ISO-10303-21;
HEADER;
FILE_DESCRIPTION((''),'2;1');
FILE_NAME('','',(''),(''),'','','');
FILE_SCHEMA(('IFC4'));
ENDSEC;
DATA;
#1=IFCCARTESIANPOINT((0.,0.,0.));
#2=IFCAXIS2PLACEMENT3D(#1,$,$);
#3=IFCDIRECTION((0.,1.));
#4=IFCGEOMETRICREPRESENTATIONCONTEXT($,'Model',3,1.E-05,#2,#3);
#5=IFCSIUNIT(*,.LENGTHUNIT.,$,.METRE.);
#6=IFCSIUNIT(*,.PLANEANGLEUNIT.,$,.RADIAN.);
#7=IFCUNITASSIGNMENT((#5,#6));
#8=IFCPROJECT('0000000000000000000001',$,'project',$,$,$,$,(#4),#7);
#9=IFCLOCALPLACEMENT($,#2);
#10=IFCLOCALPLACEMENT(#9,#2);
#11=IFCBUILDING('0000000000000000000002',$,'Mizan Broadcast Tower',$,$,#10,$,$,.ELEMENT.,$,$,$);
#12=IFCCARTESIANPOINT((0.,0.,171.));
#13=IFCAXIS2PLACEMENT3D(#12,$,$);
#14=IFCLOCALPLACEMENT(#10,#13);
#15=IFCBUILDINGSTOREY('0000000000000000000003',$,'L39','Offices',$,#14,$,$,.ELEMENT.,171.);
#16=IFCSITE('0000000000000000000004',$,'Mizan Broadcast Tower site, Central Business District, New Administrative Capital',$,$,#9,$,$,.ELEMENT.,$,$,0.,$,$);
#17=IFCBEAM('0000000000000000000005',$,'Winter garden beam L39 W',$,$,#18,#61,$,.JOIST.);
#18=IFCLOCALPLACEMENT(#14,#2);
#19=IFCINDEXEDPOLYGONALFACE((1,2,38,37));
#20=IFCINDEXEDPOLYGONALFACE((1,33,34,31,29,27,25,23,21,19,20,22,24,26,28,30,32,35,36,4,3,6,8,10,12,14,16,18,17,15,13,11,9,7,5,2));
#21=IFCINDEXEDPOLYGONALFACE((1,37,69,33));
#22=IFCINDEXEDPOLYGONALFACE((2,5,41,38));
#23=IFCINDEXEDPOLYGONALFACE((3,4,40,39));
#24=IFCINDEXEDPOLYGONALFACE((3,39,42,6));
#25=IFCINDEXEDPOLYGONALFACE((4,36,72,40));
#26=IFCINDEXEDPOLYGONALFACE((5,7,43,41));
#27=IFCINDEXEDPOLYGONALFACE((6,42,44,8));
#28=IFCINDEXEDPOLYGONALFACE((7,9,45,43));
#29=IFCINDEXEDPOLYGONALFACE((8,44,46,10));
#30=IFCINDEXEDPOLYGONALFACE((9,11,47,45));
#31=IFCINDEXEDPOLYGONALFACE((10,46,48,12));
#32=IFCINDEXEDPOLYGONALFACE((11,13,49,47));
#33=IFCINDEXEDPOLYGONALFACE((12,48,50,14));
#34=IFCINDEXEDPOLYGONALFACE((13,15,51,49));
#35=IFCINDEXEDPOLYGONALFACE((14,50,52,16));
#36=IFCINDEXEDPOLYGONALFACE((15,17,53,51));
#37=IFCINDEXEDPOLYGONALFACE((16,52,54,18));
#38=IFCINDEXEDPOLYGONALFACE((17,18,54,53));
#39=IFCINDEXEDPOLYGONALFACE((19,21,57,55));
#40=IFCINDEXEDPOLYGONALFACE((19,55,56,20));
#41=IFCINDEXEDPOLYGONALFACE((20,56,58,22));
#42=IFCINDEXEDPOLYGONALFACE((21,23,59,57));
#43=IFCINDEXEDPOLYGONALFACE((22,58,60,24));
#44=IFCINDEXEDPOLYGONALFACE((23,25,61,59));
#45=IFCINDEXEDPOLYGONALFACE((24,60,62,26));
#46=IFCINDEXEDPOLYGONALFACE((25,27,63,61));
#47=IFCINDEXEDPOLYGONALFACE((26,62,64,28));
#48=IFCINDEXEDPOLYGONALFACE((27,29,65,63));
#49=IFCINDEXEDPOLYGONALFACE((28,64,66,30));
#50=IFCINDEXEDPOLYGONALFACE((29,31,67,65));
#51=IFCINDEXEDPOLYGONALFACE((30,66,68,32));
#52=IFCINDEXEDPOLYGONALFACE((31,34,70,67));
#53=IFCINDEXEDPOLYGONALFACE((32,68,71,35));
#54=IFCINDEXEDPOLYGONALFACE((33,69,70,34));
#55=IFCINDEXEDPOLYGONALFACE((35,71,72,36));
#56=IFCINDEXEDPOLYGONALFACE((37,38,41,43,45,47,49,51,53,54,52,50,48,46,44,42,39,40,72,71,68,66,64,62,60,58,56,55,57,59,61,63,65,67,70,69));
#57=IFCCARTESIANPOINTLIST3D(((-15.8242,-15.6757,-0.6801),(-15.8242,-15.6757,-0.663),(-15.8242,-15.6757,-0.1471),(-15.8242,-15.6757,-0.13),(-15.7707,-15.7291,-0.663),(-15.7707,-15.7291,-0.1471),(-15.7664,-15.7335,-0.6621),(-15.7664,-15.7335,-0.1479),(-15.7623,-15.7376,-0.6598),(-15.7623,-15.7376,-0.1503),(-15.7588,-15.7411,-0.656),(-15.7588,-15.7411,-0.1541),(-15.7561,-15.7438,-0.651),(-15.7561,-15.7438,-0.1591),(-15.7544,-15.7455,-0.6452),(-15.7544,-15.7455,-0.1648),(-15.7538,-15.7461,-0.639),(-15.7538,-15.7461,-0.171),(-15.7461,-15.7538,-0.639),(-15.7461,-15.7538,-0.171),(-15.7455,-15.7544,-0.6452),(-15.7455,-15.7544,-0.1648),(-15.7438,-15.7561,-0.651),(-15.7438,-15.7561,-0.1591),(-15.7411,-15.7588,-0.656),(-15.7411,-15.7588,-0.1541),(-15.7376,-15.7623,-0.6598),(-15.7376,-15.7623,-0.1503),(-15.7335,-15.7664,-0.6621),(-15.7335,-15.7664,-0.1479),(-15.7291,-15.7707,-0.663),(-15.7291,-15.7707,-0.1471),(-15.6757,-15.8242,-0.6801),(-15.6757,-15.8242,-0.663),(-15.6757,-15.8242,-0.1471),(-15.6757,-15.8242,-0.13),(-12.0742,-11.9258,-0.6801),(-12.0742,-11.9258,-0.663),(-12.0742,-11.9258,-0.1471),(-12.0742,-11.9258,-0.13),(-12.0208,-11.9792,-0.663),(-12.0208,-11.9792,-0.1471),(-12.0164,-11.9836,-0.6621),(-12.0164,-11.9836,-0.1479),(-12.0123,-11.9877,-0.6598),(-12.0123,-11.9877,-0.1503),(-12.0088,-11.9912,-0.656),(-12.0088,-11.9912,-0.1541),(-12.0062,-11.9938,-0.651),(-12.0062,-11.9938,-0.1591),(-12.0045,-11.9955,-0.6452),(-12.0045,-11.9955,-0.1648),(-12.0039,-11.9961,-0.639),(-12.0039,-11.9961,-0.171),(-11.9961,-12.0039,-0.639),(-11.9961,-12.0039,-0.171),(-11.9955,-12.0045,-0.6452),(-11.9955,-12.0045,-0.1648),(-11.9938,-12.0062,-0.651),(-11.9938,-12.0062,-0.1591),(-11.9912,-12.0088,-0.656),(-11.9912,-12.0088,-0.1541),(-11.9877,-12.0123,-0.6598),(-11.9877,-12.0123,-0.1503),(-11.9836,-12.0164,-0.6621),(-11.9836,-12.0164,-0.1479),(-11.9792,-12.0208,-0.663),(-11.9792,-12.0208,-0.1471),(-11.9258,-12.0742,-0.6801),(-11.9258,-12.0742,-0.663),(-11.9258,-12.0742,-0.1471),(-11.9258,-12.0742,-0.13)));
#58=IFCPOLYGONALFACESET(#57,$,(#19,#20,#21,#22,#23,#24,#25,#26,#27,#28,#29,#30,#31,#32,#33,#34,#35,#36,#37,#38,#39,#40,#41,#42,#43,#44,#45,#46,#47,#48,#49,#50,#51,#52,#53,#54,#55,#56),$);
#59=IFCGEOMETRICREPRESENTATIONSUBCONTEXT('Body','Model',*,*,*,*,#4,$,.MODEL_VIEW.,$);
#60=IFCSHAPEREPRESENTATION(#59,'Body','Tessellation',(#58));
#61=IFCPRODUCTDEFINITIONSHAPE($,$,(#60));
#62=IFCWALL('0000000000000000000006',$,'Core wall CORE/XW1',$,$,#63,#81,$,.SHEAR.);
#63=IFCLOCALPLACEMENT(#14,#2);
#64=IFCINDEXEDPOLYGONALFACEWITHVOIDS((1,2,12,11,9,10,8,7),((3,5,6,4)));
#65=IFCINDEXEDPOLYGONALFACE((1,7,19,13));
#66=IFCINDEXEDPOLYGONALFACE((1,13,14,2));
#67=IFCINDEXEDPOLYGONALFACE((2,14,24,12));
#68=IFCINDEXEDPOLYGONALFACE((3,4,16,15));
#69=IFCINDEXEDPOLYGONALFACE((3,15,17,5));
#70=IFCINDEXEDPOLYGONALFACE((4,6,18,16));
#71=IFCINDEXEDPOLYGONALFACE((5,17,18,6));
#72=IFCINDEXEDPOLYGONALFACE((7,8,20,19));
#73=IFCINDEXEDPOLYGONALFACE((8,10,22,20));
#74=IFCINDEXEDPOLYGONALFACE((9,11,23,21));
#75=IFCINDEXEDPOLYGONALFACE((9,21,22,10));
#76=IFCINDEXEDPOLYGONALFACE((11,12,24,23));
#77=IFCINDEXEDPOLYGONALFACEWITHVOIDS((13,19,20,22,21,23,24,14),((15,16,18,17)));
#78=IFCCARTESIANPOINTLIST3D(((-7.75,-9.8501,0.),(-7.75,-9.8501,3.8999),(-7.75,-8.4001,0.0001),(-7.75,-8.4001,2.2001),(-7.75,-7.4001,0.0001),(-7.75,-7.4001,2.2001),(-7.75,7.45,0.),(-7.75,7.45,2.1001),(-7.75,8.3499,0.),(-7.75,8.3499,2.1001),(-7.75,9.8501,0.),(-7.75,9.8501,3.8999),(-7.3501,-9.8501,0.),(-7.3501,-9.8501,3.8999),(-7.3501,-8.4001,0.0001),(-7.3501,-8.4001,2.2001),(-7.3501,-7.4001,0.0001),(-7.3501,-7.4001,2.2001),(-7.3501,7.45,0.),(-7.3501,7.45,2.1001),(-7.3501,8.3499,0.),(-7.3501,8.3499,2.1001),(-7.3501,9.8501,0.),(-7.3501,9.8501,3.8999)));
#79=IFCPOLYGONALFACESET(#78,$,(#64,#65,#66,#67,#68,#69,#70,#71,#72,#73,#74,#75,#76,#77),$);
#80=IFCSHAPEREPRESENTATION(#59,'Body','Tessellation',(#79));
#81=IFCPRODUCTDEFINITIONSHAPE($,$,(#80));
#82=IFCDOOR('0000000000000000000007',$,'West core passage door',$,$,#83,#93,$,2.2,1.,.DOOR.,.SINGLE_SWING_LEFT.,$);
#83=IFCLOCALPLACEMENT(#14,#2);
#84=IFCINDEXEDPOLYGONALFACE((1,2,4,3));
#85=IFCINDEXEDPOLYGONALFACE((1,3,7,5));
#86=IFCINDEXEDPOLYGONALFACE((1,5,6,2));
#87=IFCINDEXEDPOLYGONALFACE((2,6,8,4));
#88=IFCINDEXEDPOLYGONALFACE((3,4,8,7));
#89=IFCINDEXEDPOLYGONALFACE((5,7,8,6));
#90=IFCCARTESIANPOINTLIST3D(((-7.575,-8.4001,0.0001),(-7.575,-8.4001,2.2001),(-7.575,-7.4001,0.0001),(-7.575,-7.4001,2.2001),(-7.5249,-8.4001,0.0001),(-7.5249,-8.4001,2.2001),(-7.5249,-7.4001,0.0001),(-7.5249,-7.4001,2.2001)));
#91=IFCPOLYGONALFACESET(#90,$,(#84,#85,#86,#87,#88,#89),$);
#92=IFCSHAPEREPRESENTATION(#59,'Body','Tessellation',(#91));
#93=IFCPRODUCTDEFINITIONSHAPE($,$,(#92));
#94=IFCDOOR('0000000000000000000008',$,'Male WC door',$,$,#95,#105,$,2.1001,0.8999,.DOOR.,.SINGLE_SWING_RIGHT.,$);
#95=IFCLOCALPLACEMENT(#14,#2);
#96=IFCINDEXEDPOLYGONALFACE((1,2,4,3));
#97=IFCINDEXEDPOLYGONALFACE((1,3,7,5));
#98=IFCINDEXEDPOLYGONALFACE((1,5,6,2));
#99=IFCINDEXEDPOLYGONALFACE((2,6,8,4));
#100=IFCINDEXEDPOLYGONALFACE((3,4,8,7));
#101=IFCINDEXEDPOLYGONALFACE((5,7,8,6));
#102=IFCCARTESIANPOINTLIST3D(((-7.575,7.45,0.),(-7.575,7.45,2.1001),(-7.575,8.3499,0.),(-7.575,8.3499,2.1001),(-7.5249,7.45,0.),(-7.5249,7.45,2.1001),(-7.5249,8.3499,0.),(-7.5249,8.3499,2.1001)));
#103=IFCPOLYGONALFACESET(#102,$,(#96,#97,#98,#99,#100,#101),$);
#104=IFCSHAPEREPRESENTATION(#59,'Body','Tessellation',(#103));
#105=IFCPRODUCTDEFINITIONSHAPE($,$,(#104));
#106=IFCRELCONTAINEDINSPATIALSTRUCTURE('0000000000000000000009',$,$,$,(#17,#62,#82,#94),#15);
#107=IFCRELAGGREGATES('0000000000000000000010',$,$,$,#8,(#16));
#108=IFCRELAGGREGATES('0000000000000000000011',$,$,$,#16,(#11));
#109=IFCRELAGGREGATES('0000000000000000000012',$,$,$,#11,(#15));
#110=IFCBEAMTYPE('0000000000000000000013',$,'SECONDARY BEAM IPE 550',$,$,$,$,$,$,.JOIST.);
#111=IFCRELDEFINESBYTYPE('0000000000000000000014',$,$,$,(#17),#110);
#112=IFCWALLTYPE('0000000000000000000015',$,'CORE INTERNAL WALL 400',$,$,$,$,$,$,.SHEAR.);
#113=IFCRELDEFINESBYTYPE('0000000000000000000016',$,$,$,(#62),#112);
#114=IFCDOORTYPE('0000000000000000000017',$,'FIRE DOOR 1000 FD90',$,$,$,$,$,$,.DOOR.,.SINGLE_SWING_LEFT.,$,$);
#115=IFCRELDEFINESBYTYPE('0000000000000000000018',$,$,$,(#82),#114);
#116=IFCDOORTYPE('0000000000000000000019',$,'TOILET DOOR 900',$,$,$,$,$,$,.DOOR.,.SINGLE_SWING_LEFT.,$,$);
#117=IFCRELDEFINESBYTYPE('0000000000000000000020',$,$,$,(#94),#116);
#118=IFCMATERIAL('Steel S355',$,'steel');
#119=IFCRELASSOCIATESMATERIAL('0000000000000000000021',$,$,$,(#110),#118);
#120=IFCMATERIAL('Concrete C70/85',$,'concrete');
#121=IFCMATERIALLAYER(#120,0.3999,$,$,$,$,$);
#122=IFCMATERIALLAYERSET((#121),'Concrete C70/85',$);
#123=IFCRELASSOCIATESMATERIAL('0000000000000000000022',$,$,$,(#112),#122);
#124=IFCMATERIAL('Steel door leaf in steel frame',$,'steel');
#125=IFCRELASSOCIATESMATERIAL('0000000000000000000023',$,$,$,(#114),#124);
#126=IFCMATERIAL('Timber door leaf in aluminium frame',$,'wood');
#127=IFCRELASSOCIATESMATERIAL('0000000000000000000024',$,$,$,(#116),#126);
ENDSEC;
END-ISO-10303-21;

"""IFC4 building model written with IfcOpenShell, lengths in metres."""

from ifc_helpers import new_model, si_unit, direction, frame, frame_2d, origin, origin_2d, place, context, subcontext, project, spatial, rectangle, i_section, extrude, material, layer, layer_set, material_profile, profile_set, type_object, element, fill, save


model = new_model("IFC4")

# Units and contexts
model_context = context("Model", 3, precision=1e-05, world=origin(), true_north=direction((0.0, 1.0)))
body_context = subcontext(model_context, "Body", "Model", "MODEL_VIEW")
ifc_project = project(units=[si_unit("LENGTHUNIT", "METRE"), si_unit("PLANEANGLEUNIT", "RADIAN")], contexts=[model_context])

# Site, building, storey
site_placement = place(None, origin())
site = spatial("IfcSite", under=ifc_project, at=site_placement, Name="Mizan Broadcast Tower site, Central Business District, New Administrative Capital", CompositionType="ELEMENT", RefElevation=0.0)
building_placement = place(site_placement, origin())
building = spatial("IfcBuilding", under=site, at=building_placement, Name="Mizan Broadcast Tower", CompositionType="ELEMENT")
storey_placement = place(building_placement, frame((0.0, 0.0, 171.0)))
storey = spatial("IfcBuildingStorey", under=building, at=storey_placement, Name="L39", Description="Offices", CompositionType="ELEMENT", Elevation=171.0)

# Beam
ifc_material_1 = material(Name="Steel S355", Category="steel")
ifc_material_profile_1 = material_profile(ifc_material_1, i_section(OverallWidth=0.21, OverallDepth=0.55, WebThickness=0.011, FlangeThickness=0.0171, FilletRadius=0.0239, at=origin_2d()), Name="IPE 550")
ifc_profile_set_1 = profile_set([ifc_material_profile_1], Name="Steel S355")
beam_type_1 = type_object("IfcBeamType", Name="SECONDARY BEAM IPE 550", PredefinedType="JOIST", material=ifc_profile_set_1)
beam_1_placement = place(storey_placement, frame((-12.0, -12.0, -0.405), z_axis=(-0.707107, -0.707107, 0.0), x_axis=(0.707107, -0.707107, 0.0)))
element("IfcBeam", 1, at=beam_1_placement, inside=storey, type_object=beam_type_1, Name="Winter garden beam L39 W", PredefinedType="JOIST", context=body_context, shape_type="SweptSolid", body=[
    extrude(i_section(OverallWidth=0.21, OverallDepth=0.55, WebThickness=0.011, FlangeThickness=0.0171, FilletRadius=0.0239, at=origin_2d()), origin(), (0.0, 0.0, 1.0), 5.3032),
])

# Wall, openings, doors
ifc_material_2 = material(Name="Concrete C70/85", Category="concrete")
ifc_layer_1 = layer(ifc_material_2, 0.3999)
ifc_layer_set_1 = layer_set([ifc_layer_1], Name="Concrete C70/85")
wall_type_1 = type_object("IfcWallType", Name="CORE INTERNAL WALL 400", PredefinedType="SHEAR", material=ifc_layer_set_1)
wall_1_placement = place(storey_placement, frame((-7.55, -9.8501, 0.0), z_axis=(0.0, 0.0, 1.0), x_axis=(0.0, 1.0, 0.0)))
wall_1 = element("IfcWall", 2, at=wall_1_placement, inside=storey, type_object=wall_type_1, Name="Core wall CORE/XW1", PredefinedType="SHEAR", context=body_context, shape_type="SweptSolid", body=[
    extrude(rectangle(XDim=19.7002, YDim=0.3999, at=frame_2d((9.8501, 0.0))), origin(), (0.0, 0.0, 1.0), 3.8999),
])
opening_1_placement = place(wall_1_placement, frame((1.45, 0.0, 0.0)))
opening_1 = element("IfcOpeningElement", 3, at=opening_1_placement, cuts=wall_1, PredefinedType="OPENING", context=body_context, shape_type="SweptSolid", body=[
    extrude(rectangle(XDim=1.0, YDim=2.2, at=frame_2d((0.5, 1.1001))), frame((0.0, 0.21, 0.0), z_axis=(0.0, -1.0, 0.0), x_axis=(1.0, 0.0, 0.0)), (0.0, 0.0, 1.0), 0.4199),
])
opening_2_placement = place(wall_1_placement, frame((17.3, 0.0, 0.0)))
opening_2 = element("IfcOpeningElement", 4, at=opening_2_placement, cuts=wall_1, PredefinedType="OPENING", context=body_context, shape_type="SweptSolid", body=[
    extrude(rectangle(XDim=0.8999, YDim=2.1001, at=frame_2d((0.45, 1.05))), frame((0.0, 0.21, 0.0), z_axis=(0.0, -1.0, 0.0), x_axis=(1.0, 0.0, 0.0)), (0.0, 0.0, 1.0), 0.4199),
])
ifc_material_3 = material(Name="Steel door leaf in steel frame", Category="steel")
door_type_1 = type_object("IfcDoorType", Name="FIRE DOOR 1000 FD90", OperationType="SINGLE_SWING_LEFT", PredefinedType="DOOR", material=ifc_material_3)
door_1_placement = place(opening_1_placement, origin())
door_1 = element("IfcDoor", 5, at=door_1_placement, inside=storey, type_object=door_type_1, Name="West core passage door", OperationType="SINGLE_SWING_LEFT", OverallHeight=2.2, OverallWidth=1.0, PredefinedType="DOOR", context=body_context, shape_type="SweptSolid", body=[
    extrude(rectangle(XDim=1.0, YDim=2.2, at=frame_2d((0.5, 1.1001))), frame((0.0, 0.0249, 0.0), z_axis=(0.0, -1.0, 0.0), x_axis=(1.0, 0.0, 0.0)), (0.0, 0.0, 1.0), 0.05),
])
fill(opening_1, door_1)
ifc_material_4 = material(Name="Timber door leaf in aluminium frame", Category="wood")
door_type_2 = type_object("IfcDoorType", Name="TOILET DOOR 900", OperationType="SINGLE_SWING_LEFT", PredefinedType="DOOR", material=ifc_material_4)
door_2_placement = place(opening_2_placement, origin())
door_2 = element("IfcDoor", 6, at=door_2_placement, inside=storey, type_object=door_type_2, Name="Male WC door", OperationType="SINGLE_SWING_RIGHT", OverallHeight=2.1001, OverallWidth=0.8999, PredefinedType="DOOR", context=body_context, shape_type="SweptSolid", body=[
    extrude(rectangle(XDim=0.8999, YDim=2.1001, at=frame_2d((0.45, 1.05))), frame((0.0, 0.0249, 0.0), z_axis=(0.0, -1.0, 0.0), x_axis=(1.0, 0.0, 0.0)), (0.0, 0.0, 1.0), 0.05),
])
fill(opening_2, door_2)

save(model, "model.ifc")
